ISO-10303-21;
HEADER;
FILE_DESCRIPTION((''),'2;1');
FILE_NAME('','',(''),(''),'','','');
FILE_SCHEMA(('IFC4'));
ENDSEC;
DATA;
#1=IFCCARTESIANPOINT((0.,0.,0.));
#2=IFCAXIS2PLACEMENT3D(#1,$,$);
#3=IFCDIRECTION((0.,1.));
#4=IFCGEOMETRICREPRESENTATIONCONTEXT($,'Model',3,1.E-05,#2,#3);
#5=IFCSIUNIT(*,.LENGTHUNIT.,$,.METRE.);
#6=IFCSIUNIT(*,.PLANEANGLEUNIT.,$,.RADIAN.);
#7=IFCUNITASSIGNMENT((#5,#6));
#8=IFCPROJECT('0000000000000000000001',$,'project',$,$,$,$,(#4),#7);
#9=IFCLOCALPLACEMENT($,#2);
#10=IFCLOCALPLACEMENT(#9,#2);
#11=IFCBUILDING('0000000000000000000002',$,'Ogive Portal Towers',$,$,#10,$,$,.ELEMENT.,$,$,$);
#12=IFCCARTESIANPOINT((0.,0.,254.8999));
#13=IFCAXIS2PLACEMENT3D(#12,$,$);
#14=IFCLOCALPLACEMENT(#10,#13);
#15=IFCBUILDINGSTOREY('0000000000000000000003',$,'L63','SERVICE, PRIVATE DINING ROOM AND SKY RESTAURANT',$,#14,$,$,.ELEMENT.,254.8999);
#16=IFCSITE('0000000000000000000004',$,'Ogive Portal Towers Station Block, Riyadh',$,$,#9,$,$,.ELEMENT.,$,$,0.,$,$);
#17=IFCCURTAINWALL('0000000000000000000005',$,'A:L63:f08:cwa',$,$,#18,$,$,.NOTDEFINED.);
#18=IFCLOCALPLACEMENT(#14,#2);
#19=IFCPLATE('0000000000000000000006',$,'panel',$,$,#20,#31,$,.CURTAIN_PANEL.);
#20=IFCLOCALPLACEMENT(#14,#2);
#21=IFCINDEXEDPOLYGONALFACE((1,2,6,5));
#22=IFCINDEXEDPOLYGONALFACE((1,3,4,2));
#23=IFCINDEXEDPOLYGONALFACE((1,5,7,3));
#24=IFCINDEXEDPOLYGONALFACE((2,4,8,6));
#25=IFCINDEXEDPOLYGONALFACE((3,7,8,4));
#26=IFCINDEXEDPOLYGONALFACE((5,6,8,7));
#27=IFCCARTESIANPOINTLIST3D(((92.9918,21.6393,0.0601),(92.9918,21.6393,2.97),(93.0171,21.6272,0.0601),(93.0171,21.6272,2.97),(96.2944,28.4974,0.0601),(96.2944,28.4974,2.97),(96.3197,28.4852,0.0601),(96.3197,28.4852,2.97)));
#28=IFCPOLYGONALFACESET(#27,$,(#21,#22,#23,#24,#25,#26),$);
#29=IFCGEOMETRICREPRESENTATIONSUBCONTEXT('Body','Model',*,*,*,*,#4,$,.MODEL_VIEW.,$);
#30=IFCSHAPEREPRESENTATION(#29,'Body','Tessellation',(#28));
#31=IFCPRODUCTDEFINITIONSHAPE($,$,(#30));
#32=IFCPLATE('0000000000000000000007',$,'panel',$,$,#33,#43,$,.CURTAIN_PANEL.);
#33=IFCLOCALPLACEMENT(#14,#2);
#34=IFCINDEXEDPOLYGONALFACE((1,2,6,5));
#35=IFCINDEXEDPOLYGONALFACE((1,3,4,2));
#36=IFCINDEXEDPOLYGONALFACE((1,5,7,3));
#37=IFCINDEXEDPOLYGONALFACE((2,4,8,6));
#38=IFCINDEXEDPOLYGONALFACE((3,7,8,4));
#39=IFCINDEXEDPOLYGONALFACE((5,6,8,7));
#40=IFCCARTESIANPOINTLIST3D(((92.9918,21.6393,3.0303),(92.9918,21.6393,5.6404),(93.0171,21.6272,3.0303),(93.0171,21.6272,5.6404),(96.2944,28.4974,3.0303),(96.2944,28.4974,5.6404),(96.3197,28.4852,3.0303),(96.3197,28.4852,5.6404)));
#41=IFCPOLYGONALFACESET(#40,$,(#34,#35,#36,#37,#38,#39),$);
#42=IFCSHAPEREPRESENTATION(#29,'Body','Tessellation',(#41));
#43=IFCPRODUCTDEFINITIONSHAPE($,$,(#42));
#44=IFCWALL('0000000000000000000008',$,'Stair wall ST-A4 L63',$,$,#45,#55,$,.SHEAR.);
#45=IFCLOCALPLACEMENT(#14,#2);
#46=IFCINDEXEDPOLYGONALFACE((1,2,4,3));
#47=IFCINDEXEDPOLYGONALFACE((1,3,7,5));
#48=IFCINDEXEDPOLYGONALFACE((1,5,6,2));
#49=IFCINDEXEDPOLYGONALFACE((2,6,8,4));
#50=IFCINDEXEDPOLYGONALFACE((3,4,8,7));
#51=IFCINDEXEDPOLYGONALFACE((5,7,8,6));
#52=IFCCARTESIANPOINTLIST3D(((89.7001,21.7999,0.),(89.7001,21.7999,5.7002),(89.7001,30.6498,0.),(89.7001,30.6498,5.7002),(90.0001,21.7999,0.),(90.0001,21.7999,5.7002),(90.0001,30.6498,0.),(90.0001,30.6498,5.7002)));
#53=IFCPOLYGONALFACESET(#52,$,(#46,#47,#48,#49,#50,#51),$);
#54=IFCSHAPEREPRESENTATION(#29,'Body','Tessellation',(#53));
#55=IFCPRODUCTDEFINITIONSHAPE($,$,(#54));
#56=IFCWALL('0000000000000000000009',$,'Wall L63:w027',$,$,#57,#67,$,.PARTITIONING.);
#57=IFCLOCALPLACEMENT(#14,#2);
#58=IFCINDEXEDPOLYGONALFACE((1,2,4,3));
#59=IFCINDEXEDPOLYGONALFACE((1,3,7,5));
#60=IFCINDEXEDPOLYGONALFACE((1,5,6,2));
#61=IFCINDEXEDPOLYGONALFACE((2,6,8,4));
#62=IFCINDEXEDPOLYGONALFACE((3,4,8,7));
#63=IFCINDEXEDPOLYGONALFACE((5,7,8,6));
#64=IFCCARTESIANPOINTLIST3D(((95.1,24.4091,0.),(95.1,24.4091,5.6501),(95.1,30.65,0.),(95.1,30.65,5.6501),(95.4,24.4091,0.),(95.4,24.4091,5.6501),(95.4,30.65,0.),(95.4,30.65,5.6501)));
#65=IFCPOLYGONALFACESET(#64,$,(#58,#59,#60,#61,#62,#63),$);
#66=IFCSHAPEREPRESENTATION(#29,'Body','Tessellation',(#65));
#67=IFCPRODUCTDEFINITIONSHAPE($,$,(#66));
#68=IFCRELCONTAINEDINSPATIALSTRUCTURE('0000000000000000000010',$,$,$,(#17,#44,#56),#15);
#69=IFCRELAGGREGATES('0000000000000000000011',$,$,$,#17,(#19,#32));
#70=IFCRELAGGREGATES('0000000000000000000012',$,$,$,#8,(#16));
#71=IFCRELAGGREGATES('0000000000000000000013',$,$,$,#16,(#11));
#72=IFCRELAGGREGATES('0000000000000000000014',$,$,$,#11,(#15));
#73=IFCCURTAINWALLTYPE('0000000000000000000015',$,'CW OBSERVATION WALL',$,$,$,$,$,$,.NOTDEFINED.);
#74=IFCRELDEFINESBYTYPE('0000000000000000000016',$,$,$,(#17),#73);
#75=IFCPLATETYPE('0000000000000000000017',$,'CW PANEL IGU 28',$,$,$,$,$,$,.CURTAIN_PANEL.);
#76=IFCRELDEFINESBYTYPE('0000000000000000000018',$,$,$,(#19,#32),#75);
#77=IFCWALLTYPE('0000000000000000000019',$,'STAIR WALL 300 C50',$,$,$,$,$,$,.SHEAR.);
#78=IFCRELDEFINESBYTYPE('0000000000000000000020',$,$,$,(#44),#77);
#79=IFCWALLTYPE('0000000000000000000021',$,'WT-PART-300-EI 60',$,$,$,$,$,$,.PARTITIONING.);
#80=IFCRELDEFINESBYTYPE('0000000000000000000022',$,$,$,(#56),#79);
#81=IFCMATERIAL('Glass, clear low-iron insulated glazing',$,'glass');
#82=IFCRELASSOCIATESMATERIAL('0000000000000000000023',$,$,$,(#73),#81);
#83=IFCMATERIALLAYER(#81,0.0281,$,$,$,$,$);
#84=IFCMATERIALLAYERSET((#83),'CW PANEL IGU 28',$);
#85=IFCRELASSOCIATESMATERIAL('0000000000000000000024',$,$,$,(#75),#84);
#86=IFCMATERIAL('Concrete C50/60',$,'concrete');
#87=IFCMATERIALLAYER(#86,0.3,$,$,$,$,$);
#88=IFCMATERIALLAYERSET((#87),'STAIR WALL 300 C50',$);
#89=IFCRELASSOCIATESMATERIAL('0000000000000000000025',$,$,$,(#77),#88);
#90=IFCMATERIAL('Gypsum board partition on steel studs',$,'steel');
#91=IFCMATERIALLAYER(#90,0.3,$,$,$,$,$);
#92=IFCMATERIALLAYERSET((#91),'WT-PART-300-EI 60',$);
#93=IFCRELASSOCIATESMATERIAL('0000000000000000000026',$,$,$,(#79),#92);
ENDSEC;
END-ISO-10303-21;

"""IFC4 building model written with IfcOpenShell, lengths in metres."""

from ifc_helpers import new_model, si_unit, direction, frame, frame_2d, origin, origin_2d, place, context, subcontext, project, spatial, rectangle, extrude, material, layer, layer_set, type_object, element, aggregate, save


model = new_model("IFC4")

# Units and contexts
model_context = context("Model", 3, precision=1e-05, world=origin(), true_north=direction((0.0, 1.0)))
body_context = subcontext(model_context, "Body", "Model", "MODEL_VIEW")
ifc_project = project(units=[si_unit("LENGTHUNIT", "METRE"), si_unit("PLANEANGLEUNIT", "RADIAN")], contexts=[model_context])

# Site, building, storey
site_placement = place(None, origin())
site = spatial("IfcSite", under=ifc_project, at=site_placement, Name="Ogive Portal Towers Station Block, Riyadh", CompositionType="ELEMENT", RefElevation=0.0)
building_placement = place(site_placement, origin())
building = spatial("IfcBuilding", under=site, at=building_placement, Name="Ogive Portal Towers", CompositionType="ELEMENT")
storey_placement = place(building_placement, frame((0.0, 0.0, 254.8999)))
storey = spatial("IfcBuildingStorey", under=building, at=storey_placement, Name="L63", Description="SERVICE, PRIVATE DINING ROOM AND SKY RESTAURANT", CompositionType="ELEMENT", Elevation=254.8999)

# Curtain wall
ifc_material_1 = material(Name="Glass, clear low-iron insulated glazing", Category="glass")
curtain_wall_type = type_object("IfcCurtainWallType", Name="CW OBSERVATION WALL", PredefinedType="NOTDEFINED", material=ifc_material_1)
curtain_wall_1_placement = place(storey_placement, origin())
curtain_wall_1 = element("IfcCurtainWall", 1, at=curtain_wall_1_placement, inside=storey, type_object=curtain_wall_type, Name="A:L63:f08:cwa", PredefinedType="NOTDEFINED")

# Plates
ifc_layer_1 = layer(ifc_material_1, 0.0281)
ifc_layer_set_1 = layer_set([ifc_layer_1], Name="CW PANEL IGU 28")
plate_type = type_object("IfcPlateType", Name="CW PANEL IGU 28", PredefinedType="CURTAIN_PANEL", material=ifc_layer_set_1)
plate_1_placement = place(storey_placement, frame((94.6558, 25.0623, 0.0601), z_axis=(0.0, 0.0, 1.0), x_axis=(0.433884, 0.900969, 0.0)))
plate_1 = element("IfcPlate", 2, at=plate_1_placement, type_object=plate_type, Name="panel", PredefinedType="CURTAIN_PANEL", context=body_context, shape_type="SweptSolid", body=[
    extrude(rectangle(XDim=7.6118, YDim=0.0281, at=origin_2d()), origin(), (0.0, 0.0, 1.0), 2.9099),
])
plate_2_placement = place(storey_placement, frame((94.6558, 25.0623, 3.0303), z_axis=(0.0, 0.0, 1.0), x_axis=(0.433884, 0.900969, 0.0)))
plate_2 = element("IfcPlate", 3, at=plate_2_placement, type_object=plate_type, Name="panel", PredefinedType="CURTAIN_PANEL", context=body_context, shape_type="SweptSolid", body=[
    extrude(rectangle(XDim=7.6118, YDim=0.0281, at=origin_2d()), origin(), (0.0, 0.0, 1.0), 2.6101),
])
aggregate(curtain_wall_1, [plate_1, plate_2])

# Walls
ifc_material_2 = material(Name="Concrete C50/60", Category="concrete")
ifc_layer_2 = layer(ifc_material_2, 0.3)
ifc_layer_set_2 = layer_set([ifc_layer_2], Name="STAIR WALL 300 C50")
wall_type_1 = type_object("IfcWallType", Name="STAIR WALL 300 C50", PredefinedType="SHEAR", material=ifc_layer_set_2)
wall_1_placement = place(storey_placement, frame((89.8501, 21.8, 0.0), z_axis=(0.0, 0.0, 1.0), x_axis=(0.0, 1.0, 0.0)))
element("IfcWall", 4, at=wall_1_placement, inside=storey, type_object=wall_type_1, Name="Stair wall ST-A4 L63", PredefinedType="SHEAR", context=body_context, shape_type="SweptSolid", body=[
    extrude(rectangle(XDim=8.8499, YDim=0.3, at=frame_2d((4.4248, 0.0))), origin(), (0.0, 0.0, 1.0), 5.7002),
])
ifc_material_3 = material(Name="Gypsum board partition on steel studs", Category="steel")
ifc_layer_3 = layer(ifc_material_3, 0.3)
ifc_layer_set_3 = layer_set([ifc_layer_3], Name="WT-PART-300-EI 60")
wall_type_2 = type_object("IfcWallType", Name="WT-PART-300-EI 60", PredefinedType="PARTITIONING", material=ifc_layer_set_3)
wall_2_placement = place(storey_placement, frame((95.25, 24.4089, 0.0), z_axis=(0.0, 0.0, 1.0), x_axis=(0.0, 1.0, 0.0)))
element("IfcWall", 5, at=wall_2_placement, inside=storey, type_object=wall_type_2, Name="Wall L63:w027", PredefinedType="PARTITIONING", context=body_context, shape_type="SweptSolid", body=[
    extrude(rectangle(XDim=6.241, YDim=0.3, at=frame_2d((3.1206, 0.0))), origin(), (0.0, 0.0, 1.0), 5.6501),
])

save(model, "model.ifc")
